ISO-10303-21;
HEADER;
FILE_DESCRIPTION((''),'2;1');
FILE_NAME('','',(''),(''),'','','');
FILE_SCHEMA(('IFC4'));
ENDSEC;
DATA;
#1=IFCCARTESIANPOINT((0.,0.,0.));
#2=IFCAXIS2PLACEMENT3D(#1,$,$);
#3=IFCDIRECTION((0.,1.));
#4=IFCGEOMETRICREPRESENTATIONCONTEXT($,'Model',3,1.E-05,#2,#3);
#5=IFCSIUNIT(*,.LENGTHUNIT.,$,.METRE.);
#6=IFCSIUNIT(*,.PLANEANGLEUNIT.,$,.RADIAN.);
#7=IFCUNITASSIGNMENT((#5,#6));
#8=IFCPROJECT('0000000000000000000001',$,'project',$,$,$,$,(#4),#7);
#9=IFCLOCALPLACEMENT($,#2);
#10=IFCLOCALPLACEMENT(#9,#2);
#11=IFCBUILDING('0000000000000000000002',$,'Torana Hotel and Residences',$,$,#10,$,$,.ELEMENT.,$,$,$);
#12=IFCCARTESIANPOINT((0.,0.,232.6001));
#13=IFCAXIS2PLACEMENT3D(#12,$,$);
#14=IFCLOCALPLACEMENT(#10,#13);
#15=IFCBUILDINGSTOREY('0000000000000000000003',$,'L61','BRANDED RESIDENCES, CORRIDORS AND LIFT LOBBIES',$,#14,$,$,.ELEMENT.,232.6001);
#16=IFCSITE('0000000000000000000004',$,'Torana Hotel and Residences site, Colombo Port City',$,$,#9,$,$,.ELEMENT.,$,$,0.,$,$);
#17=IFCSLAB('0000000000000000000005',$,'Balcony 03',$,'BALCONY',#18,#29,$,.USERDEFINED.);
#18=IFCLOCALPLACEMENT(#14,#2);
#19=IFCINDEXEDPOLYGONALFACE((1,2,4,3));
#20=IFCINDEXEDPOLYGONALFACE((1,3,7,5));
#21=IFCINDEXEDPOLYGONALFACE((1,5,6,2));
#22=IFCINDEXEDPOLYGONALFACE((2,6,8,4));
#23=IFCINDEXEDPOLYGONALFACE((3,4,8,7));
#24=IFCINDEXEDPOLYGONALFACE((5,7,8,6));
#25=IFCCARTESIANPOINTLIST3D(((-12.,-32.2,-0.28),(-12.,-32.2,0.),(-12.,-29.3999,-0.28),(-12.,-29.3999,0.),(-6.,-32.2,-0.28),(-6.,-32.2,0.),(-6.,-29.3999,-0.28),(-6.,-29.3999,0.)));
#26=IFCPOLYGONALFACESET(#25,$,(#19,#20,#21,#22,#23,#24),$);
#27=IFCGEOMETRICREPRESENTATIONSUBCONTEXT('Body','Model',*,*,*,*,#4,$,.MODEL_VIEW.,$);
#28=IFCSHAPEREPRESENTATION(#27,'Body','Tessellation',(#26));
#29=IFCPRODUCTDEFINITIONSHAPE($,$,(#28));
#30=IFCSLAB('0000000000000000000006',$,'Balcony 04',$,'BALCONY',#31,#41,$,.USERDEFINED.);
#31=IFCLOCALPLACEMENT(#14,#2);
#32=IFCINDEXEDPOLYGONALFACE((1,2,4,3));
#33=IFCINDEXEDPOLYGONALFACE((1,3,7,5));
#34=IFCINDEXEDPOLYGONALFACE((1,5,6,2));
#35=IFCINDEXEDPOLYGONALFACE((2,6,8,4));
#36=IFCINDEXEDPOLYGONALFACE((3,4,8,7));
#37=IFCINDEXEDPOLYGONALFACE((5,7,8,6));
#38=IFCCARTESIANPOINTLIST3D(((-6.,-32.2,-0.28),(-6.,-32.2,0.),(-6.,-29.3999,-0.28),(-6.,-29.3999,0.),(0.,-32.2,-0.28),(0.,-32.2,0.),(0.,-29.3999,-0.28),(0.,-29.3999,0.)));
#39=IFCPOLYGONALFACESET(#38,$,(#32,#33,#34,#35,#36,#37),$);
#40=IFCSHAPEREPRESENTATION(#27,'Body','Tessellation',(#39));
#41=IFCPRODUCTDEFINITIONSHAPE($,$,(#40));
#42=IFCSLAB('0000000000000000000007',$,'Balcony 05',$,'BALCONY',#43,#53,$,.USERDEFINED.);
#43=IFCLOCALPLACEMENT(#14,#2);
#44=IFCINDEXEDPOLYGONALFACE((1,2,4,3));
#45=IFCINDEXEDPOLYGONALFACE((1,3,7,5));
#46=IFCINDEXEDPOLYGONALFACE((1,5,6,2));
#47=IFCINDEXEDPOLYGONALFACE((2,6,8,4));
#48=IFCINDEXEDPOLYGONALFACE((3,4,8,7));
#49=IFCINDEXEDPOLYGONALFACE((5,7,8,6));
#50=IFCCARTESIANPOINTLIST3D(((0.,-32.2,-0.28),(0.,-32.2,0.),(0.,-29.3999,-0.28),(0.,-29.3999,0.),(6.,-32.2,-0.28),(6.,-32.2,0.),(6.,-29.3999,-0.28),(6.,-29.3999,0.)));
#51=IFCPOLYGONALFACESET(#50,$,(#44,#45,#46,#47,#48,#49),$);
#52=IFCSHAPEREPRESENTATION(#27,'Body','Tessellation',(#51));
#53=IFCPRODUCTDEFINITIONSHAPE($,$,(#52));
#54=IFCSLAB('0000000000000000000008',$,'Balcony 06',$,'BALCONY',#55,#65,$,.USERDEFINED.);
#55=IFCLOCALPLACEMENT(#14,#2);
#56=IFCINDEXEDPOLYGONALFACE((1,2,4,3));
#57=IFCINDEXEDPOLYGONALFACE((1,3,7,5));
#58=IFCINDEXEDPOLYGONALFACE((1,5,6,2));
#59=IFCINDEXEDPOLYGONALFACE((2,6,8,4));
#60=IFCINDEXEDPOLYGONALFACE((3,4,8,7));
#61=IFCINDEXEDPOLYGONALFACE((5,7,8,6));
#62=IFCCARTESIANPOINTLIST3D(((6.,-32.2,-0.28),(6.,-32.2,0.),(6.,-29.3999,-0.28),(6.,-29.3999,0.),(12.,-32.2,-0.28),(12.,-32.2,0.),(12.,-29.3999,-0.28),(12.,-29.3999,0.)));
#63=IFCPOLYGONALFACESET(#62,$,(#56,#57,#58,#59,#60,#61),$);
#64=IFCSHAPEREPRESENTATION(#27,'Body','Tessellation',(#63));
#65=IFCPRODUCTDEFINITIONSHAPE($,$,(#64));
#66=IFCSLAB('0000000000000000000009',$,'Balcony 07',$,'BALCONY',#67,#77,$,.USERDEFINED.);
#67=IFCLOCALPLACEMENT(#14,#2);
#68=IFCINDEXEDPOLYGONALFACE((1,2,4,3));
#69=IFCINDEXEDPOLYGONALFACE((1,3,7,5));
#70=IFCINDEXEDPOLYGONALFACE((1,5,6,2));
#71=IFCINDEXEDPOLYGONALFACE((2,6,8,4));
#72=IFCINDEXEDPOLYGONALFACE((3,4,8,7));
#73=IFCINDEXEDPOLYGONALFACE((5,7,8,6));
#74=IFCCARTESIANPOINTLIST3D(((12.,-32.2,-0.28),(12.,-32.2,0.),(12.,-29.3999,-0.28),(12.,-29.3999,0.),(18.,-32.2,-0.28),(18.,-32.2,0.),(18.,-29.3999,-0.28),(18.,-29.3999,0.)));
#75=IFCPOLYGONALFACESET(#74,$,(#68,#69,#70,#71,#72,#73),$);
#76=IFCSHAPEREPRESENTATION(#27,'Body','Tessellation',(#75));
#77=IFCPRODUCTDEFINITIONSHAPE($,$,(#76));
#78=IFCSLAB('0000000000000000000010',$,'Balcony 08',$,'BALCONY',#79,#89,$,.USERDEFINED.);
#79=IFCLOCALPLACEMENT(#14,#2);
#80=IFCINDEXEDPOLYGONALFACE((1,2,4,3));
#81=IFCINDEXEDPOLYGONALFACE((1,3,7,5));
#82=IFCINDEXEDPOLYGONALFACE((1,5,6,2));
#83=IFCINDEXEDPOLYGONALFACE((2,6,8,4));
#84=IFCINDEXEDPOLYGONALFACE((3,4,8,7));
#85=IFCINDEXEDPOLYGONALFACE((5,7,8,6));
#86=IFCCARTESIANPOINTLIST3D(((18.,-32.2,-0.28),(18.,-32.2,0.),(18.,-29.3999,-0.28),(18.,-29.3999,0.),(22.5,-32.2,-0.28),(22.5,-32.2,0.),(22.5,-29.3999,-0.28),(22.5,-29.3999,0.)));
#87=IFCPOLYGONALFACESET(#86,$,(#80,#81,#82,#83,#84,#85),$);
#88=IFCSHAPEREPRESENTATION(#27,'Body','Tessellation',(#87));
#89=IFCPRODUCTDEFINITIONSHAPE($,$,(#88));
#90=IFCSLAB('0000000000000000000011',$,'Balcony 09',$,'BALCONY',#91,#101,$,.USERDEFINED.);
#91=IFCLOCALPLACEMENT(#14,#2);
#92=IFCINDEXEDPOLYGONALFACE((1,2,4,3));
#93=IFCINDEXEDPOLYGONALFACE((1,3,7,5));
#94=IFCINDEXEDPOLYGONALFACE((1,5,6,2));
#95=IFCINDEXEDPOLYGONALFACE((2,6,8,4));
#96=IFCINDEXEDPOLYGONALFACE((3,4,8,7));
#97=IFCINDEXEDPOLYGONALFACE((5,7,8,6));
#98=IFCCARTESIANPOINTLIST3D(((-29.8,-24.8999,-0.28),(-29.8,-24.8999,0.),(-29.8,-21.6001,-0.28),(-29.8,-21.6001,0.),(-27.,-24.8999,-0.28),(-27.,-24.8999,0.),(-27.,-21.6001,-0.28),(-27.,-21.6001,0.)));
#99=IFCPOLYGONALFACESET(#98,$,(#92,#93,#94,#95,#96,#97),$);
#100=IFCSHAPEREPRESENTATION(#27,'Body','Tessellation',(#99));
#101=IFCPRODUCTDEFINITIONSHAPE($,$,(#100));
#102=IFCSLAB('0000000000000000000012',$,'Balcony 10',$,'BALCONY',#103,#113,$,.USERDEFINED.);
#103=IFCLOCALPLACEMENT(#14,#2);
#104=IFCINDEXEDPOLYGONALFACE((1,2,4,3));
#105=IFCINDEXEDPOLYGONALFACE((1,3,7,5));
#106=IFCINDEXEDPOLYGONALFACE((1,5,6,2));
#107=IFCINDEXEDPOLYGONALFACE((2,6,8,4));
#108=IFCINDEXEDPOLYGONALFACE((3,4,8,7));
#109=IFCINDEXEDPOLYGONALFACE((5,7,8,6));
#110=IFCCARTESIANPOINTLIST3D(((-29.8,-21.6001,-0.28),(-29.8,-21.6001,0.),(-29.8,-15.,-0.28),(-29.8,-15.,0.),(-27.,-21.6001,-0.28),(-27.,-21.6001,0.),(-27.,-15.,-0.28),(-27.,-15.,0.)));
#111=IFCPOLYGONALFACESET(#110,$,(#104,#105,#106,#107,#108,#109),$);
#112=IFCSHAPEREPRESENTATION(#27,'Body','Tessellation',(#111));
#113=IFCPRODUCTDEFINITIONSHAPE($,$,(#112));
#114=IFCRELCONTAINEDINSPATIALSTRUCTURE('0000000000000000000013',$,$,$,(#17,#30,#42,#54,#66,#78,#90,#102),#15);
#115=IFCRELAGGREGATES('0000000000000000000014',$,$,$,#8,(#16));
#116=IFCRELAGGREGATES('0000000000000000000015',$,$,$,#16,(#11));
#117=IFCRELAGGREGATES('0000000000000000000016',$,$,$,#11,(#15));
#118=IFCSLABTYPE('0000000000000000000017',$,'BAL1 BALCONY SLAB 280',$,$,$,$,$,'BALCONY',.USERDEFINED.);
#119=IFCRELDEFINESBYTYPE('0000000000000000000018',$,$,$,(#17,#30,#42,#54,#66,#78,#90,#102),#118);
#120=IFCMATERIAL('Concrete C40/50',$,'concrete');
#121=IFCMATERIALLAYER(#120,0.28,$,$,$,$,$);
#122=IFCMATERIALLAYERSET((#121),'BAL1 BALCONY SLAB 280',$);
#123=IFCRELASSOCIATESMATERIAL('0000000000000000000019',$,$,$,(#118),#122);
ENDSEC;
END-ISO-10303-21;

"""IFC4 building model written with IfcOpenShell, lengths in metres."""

from ifc_helpers import new_model, si_unit, direction, frame, origin, place, context, subcontext, project, spatial, polyline, outline, extrude, material, layer, layer_set, type_object, element, save


model = new_model("IFC4")

# Units and contexts
model_context = context("Model", 3, precision=1e-05, world=origin(), true_north=direction((0.0, 1.0)))
body_context = subcontext(model_context, "Body", "Model", "MODEL_VIEW")
ifc_project = project(units=[si_unit("LENGTHUNIT", "METRE"), si_unit("PLANEANGLEUNIT", "RADIAN")], contexts=[model_context])

# Site, building, storey
site_placement = place(None, origin())
site = spatial("IfcSite", under=ifc_project, at=site_placement, Name="Torana Hotel and Residences site, Colombo Port City", CompositionType="ELEMENT", RefElevation=0.0)
building_placement = place(site_placement, origin())
building = spatial("IfcBuilding", under=site, at=building_placement, Name="Torana Hotel and Residences", CompositionType="ELEMENT")
storey_placement = place(building_placement, frame((0.0, 0.0, 232.6001)))
storey = spatial("IfcBuildingStorey", under=building, at=storey_placement, Name="L61", Description="BRANDED RESIDENCES, CORRIDORS AND LIFT LOBBIES", CompositionType="ELEMENT", Elevation=232.6001)

# Slabs
ifc_material_1 = material(Name="Concrete C40/50", Category="concrete")
ifc_layer_1 = layer(ifc_material_1, 0.28)
ifc_layer_set_1 = layer_set([ifc_layer_1], Name="BAL1 BALCONY SLAB 280")
slab_type = type_object("IfcSlabType", Name="BAL1 BALCONY SLAB 280", ElementType="BALCONY", PredefinedType="USERDEFINED", material=ifc_layer_set_1)
slab_1_placement = place(storey_placement, frame((0.0, 0.0, -0.28)))
element("IfcSlab", 1, at=slab_1_placement, inside=storey, type_object=slab_type, Name="Balcony 03", ObjectType="BALCONY", PredefinedType="USERDEFINED", context=body_context, shape_type="SweptSolid", body=[
    extrude(outline(polyline([(-12.0, -32.2), (-6.0, -32.2), (-6.0, -29.3999), (-12.0, -29.3999), (-12.0, -32.2)])), origin(), (0.0, 0.0, 1.0), 0.28),
])
slab_2_placement = place(storey_placement, frame((0.0, 0.0, -0.28)))
element("IfcSlab", 2, at=slab_2_placement, inside=storey, type_object=slab_type, Name="Balcony 04", ObjectType="BALCONY", PredefinedType="USERDEFINED", context=body_context, shape_type="SweptSolid", body=[
    extrude(outline(polyline([(-6.0, -32.2), (0.0, -32.2), (0.0, -29.3999), (-6.0, -29.3999), (-6.0, -32.2)])), origin(), (0.0, 0.0, 1.0), 0.28),
])
slab_3_placement = place(storey_placement, frame((0.0, 0.0, -0.28)))
element("IfcSlab", 3, at=slab_3_placement, inside=storey, type_object=slab_type, Name="Balcony 05", ObjectType="BALCONY", PredefinedType="USERDEFINED", context=body_context, shape_type="SweptSolid", body=[
    extrude(outline(polyline([(0.0, -32.2), (6.0, -32.2), (6.0, -29.3999), (0.0, -29.3999), (0.0, -32.2)])), origin(), (0.0, 0.0, 1.0), 0.28),
])
slab_4_placement = place(storey_placement, frame((0.0, 0.0, -0.28)))
element("IfcSlab", 4, at=slab_4_placement, inside=storey, type_object=slab_type, Name="Balcony 06", ObjectType="BALCONY", PredefinedType="USERDEFINED", context=body_context, shape_type="SweptSolid", body=[
    extrude(outline(polyline([(6.0, -32.2), (12.0, -32.2), (12.0, -29.3999), (6.0, -29.3999), (6.0, -32.2)])), origin(), (0.0, 0.0, 1.0), 0.28),
])
slab_5_placement = place(storey_placement, frame((0.0, 0.0, -0.28)))
element("IfcSlab", 5, at=slab_5_placement, inside=storey, type_object=slab_type, Name="Balcony 07", ObjectType="BALCONY", PredefinedType="USERDEFINED", context=body_context, shape_type="SweptSolid", body=[
    extrude(outline(polyline([(12.0, -32.2), (18.0, -32.2), (18.0, -29.3999), (12.0, -29.3999), (12.0, -32.2)])), origin(), (0.0, 0.0, 1.0), 0.28),
])
slab_6_placement = place(storey_placement, frame((0.0, 0.0, -0.28)))
element("IfcSlab", 6, at=slab_6_placement, inside=storey, type_object=slab_type, Name="Balcony 08", ObjectType="BALCONY", PredefinedType="USERDEFINED", context=body_context, shape_type="SweptSolid", body=[
    extrude(outline(polyline([(18.0, -32.2), (22.5, -32.2), (22.5, -29.3999), (18.0, -29.3999), (18.0, -32.2)])), origin(), (0.0, 0.0, 1.0), 0.28),
])
slab_7_placement = place(storey_placement, frame((0.0, 0.0, -0.28)))
element("IfcSlab", 7, at=slab_7_placement, inside=storey, type_object=slab_type, Name="Balcony 09", ObjectType="BALCONY", PredefinedType="USERDEFINED", context=body_context, shape_type="SweptSolid", body=[
    extrude(outline(polyline([(-29.8, -24.8999), (-27.0, -24.8999), (-27.0, -21.6001), (-29.8, -21.6001), (-29.8, -24.8999)])), origin(), (0.0, 0.0, 1.0), 0.28),
])
slab_8_placement = place(storey_placement, frame((0.0, 0.0, -0.28)))
element("IfcSlab", 8, at=slab_8_placement, inside=storey, type_object=slab_type, Name="Balcony 10", ObjectType="BALCONY", PredefinedType="USERDEFINED", context=body_context, shape_type="SweptSolid", body=[
    extrude(outline(polyline([(-29.8, -21.6001), (-27.0, -21.6001), (-27.0, -15.0), (-29.8, -15.0), (-29.8, -21.6001)])), origin(), (0.0, 0.0, 1.0), 0.28),
])

save(model, "model.ifc")
